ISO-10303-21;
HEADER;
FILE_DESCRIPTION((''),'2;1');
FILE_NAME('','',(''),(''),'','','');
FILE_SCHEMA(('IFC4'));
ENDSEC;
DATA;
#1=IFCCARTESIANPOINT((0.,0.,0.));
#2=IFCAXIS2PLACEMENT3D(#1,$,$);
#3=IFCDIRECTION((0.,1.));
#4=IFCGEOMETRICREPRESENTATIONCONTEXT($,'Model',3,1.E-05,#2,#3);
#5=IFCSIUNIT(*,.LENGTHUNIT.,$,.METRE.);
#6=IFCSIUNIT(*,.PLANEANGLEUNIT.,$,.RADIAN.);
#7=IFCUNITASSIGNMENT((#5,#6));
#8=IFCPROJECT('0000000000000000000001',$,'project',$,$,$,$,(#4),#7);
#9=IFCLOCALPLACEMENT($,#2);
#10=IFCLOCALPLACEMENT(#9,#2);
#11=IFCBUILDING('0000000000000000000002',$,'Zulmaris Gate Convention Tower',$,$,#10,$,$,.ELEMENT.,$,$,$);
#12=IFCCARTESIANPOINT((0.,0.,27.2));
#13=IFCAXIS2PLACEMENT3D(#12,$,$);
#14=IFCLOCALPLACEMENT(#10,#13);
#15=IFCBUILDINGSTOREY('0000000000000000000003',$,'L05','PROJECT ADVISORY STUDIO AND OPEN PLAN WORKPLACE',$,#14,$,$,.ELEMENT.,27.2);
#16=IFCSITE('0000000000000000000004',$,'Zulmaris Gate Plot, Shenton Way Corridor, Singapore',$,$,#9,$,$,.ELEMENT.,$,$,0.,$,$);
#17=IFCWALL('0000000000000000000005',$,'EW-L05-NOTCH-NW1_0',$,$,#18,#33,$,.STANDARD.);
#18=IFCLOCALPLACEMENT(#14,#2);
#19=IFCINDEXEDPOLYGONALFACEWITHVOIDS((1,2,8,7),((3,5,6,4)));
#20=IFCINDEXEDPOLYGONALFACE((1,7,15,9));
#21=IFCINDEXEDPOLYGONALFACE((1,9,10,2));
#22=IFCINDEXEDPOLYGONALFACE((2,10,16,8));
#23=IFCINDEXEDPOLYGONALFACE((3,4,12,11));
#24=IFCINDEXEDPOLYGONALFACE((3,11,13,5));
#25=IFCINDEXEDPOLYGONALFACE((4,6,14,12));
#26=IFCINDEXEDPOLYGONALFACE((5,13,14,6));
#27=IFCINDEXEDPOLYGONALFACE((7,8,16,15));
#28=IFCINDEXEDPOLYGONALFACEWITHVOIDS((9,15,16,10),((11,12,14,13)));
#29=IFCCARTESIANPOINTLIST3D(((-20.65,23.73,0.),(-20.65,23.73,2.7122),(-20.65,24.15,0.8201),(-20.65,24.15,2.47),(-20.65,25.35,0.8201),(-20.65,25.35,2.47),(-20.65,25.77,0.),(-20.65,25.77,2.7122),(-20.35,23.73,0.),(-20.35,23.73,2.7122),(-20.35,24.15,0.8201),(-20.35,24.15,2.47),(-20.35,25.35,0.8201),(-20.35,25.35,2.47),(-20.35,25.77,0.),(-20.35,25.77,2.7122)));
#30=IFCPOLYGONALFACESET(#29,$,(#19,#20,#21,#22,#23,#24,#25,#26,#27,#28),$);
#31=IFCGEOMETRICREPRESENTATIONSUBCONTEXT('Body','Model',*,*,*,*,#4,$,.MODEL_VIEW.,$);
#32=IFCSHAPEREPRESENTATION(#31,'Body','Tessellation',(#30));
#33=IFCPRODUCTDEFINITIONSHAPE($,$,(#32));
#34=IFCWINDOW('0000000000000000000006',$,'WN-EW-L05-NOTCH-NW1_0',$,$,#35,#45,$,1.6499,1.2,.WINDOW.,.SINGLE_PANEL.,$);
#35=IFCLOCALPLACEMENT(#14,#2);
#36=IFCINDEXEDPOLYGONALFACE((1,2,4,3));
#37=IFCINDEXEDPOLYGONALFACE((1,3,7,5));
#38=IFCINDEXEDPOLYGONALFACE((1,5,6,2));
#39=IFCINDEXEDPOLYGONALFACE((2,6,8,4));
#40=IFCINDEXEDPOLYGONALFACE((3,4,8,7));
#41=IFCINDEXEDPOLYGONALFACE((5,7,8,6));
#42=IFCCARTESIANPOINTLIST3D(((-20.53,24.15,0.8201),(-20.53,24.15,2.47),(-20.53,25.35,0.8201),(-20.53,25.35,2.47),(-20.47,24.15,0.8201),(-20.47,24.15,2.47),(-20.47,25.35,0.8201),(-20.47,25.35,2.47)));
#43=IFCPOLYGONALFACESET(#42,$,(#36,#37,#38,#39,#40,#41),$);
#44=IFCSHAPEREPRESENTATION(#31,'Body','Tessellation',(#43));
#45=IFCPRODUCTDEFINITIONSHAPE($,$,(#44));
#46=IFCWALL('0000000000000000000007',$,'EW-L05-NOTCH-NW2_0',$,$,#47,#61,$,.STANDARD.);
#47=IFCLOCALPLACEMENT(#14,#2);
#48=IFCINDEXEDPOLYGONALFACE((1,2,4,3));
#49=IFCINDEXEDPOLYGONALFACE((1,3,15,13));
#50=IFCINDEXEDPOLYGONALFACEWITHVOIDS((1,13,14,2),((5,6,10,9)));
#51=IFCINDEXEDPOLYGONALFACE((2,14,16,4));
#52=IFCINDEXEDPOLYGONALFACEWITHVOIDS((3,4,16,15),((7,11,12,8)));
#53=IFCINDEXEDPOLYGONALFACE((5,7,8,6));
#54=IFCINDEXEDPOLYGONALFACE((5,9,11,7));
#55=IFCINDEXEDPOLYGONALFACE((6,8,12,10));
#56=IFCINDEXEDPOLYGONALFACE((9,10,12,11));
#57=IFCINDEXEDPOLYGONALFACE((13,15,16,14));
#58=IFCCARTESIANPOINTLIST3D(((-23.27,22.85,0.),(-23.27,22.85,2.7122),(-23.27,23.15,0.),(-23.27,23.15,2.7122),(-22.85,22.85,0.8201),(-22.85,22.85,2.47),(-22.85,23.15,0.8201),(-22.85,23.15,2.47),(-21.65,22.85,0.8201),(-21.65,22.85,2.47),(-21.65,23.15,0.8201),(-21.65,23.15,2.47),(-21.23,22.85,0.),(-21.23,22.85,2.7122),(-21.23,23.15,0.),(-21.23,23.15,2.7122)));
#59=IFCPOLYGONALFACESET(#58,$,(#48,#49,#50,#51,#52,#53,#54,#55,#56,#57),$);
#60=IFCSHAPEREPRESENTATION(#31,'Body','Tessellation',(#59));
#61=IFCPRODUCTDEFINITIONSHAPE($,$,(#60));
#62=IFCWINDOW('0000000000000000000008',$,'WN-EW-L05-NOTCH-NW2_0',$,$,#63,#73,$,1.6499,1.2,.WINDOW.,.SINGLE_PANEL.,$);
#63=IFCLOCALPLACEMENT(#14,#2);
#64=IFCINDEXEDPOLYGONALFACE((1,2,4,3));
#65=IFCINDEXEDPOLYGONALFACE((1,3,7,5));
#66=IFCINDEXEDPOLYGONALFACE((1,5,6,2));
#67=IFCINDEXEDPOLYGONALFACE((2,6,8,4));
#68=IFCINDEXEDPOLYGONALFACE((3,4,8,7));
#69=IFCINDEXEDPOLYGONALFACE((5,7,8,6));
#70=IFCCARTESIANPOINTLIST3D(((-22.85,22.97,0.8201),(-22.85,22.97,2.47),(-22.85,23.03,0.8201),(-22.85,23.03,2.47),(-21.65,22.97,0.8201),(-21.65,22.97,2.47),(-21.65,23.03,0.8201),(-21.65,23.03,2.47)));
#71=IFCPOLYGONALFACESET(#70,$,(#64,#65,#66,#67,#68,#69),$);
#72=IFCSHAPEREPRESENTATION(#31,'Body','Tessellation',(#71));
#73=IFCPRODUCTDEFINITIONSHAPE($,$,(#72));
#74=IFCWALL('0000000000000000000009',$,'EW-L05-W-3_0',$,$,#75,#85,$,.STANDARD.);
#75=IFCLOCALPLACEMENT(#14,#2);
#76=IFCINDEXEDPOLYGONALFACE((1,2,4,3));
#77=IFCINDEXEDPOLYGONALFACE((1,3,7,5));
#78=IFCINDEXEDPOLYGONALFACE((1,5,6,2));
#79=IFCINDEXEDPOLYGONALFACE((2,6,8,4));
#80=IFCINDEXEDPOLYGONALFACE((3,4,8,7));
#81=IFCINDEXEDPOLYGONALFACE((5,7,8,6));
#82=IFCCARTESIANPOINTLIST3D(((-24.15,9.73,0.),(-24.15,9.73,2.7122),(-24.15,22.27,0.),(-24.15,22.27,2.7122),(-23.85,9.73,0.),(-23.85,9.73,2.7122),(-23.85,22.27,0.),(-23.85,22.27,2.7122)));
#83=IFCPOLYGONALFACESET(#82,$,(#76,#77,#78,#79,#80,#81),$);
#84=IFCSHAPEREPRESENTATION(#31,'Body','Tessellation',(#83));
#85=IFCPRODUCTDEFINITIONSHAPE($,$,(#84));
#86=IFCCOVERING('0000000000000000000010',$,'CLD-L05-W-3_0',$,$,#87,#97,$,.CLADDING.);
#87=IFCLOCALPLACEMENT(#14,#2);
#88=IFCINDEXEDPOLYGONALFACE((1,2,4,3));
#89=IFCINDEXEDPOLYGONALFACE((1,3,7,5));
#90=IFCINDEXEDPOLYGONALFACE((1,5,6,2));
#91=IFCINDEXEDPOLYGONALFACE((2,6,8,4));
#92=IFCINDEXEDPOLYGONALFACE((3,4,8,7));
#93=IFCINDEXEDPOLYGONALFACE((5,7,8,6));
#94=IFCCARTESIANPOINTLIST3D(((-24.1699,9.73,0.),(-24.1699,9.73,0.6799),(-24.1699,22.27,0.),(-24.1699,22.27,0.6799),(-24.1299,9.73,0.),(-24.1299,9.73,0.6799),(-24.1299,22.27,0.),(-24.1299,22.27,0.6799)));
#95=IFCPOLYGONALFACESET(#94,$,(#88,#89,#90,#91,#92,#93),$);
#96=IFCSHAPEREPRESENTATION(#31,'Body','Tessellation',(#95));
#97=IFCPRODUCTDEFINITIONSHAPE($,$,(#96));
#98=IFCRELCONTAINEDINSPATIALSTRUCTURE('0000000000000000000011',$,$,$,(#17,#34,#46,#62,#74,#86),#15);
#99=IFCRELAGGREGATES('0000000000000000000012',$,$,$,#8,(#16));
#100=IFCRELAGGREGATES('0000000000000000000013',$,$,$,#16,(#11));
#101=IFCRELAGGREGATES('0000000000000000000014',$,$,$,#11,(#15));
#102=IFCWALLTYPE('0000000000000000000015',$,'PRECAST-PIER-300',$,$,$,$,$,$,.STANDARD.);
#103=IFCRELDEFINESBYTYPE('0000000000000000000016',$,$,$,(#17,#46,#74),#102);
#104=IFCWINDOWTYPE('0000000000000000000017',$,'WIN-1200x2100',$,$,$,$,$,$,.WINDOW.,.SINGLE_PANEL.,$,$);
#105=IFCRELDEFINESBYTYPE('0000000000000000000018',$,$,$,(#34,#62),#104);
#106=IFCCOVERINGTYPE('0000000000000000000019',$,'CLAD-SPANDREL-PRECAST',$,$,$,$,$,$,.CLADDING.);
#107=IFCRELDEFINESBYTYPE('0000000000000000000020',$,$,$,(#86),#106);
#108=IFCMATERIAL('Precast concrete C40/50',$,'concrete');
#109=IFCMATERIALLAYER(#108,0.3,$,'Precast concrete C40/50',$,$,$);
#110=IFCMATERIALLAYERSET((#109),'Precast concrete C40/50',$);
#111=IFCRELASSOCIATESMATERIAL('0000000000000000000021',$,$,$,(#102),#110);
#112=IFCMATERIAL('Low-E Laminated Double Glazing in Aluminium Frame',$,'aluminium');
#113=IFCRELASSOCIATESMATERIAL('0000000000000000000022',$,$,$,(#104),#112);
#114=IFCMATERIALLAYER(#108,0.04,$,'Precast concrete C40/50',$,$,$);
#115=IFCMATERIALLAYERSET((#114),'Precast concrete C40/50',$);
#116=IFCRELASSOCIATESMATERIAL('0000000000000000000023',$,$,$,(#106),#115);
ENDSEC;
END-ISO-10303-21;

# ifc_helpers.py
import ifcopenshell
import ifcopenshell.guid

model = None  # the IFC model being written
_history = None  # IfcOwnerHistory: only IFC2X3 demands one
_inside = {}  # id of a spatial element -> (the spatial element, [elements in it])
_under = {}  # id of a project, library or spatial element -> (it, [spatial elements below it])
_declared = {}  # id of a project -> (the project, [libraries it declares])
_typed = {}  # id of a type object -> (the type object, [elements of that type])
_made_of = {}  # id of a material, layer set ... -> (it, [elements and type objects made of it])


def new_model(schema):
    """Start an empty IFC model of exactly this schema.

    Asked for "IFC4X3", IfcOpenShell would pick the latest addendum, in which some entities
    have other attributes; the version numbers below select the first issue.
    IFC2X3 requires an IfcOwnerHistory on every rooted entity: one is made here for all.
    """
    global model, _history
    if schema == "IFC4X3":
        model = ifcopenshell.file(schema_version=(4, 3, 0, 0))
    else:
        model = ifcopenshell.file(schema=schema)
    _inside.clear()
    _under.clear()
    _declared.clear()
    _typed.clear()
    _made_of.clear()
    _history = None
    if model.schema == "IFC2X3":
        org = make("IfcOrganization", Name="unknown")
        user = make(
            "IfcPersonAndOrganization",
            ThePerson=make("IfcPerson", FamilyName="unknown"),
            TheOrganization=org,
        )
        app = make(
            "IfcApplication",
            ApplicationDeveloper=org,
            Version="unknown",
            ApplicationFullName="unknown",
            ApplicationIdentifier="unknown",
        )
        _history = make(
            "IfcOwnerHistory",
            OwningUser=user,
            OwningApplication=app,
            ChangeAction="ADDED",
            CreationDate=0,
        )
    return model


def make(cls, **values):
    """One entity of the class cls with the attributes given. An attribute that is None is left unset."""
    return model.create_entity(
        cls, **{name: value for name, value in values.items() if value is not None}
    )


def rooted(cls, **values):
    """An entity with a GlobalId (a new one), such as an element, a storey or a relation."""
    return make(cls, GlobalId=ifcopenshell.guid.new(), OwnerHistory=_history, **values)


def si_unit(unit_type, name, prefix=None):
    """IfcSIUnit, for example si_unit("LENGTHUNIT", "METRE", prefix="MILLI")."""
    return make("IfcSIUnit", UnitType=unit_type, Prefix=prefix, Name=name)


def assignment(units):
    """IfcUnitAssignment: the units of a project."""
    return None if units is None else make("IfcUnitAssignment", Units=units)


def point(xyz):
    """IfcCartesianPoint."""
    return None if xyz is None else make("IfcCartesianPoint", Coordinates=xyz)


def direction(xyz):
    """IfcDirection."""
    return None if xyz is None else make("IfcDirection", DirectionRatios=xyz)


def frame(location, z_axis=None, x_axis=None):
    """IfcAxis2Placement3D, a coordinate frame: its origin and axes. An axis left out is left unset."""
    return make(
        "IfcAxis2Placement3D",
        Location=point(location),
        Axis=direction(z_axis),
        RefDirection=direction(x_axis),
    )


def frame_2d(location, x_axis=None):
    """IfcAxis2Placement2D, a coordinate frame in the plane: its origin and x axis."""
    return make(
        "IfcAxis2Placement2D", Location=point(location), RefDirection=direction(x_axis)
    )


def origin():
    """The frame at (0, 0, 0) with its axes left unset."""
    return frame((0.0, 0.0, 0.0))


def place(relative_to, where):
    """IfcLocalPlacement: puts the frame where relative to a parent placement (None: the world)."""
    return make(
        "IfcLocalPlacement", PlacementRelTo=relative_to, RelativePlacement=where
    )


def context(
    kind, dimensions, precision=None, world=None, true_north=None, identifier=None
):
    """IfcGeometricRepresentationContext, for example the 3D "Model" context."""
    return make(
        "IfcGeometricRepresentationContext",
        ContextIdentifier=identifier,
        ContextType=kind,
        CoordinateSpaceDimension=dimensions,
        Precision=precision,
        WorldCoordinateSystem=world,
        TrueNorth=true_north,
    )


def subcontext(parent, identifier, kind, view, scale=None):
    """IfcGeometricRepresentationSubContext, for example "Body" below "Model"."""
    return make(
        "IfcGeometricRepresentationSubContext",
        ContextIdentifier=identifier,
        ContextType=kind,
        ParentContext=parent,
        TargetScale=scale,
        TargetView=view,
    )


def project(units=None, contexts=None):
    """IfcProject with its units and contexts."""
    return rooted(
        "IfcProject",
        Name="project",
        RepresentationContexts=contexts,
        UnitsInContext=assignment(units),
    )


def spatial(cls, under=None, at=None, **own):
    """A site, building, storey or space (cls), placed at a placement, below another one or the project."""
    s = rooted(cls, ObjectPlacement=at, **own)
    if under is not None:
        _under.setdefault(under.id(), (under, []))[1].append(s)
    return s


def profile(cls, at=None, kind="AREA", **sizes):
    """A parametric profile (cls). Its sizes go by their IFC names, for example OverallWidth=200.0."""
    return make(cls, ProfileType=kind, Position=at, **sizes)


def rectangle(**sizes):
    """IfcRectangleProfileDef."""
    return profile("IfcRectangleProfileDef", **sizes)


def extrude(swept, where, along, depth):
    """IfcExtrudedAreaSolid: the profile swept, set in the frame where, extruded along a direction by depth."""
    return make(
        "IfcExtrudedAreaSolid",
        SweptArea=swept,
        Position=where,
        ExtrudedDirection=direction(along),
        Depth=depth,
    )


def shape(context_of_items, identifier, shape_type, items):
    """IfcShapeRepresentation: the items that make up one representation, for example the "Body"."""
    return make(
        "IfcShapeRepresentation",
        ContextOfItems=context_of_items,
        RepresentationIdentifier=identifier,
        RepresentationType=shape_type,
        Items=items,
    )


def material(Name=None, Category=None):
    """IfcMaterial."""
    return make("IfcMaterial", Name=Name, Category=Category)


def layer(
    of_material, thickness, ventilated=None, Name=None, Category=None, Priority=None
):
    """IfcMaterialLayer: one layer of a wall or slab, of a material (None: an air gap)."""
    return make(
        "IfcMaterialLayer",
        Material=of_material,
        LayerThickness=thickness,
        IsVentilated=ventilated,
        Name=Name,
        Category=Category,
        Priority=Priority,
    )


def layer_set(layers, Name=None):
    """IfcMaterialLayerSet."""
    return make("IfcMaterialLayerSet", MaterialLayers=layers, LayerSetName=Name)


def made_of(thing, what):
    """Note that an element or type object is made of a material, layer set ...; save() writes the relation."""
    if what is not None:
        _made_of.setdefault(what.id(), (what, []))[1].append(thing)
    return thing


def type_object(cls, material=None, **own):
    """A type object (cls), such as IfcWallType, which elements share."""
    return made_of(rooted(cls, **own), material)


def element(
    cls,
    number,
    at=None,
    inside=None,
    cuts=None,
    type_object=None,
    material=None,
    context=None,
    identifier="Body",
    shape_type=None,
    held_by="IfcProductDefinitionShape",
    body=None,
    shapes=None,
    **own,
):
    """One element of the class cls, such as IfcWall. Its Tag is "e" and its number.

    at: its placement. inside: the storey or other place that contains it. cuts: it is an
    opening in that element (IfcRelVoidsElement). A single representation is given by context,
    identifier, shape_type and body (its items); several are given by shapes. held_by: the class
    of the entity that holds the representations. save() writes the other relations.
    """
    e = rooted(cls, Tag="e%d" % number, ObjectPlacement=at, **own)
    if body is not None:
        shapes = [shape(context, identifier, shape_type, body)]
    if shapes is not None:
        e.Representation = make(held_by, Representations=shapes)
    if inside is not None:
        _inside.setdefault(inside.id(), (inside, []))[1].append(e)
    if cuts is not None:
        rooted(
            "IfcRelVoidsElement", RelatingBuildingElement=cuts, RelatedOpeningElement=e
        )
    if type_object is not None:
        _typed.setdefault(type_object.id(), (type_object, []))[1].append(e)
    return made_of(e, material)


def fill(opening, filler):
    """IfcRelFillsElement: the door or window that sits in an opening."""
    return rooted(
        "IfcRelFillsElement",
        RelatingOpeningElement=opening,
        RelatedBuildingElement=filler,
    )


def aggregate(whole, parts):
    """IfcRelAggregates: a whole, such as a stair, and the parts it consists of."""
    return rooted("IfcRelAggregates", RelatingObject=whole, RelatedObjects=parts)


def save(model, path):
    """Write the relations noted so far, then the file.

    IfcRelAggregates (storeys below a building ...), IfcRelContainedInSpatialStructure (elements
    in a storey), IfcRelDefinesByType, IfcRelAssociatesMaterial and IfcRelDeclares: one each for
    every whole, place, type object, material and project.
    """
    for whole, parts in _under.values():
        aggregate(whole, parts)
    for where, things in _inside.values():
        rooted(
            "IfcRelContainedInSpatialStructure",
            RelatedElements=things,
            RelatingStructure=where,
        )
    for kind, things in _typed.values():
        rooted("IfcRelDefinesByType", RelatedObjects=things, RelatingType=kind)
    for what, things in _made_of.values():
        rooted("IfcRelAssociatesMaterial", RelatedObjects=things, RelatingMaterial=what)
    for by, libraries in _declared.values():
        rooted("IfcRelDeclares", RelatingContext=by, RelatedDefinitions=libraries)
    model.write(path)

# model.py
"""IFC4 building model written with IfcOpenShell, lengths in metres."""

from ifc_helpers import new_model, si_unit, direction, frame, frame_2d, origin, place, context, subcontext, project, spatial, rectangle, extrude, material, layer, layer_set, type_object, element, fill, save


model = new_model("IFC4")

# Units and contexts
model_context = context("Model", 3, precision=1e-05, world=origin(), true_north=direction((0.0, 1.0)))
body_context = subcontext(model_context, "Body", "Model", "MODEL_VIEW")
ifc_project = project(units=[si_unit("LENGTHUNIT", "METRE"), si_unit("PLANEANGLEUNIT", "RADIAN")], contexts=[model_context])

# Site, building, storey
site_placement = place(None, origin())
site = spatial("IfcSite", under=ifc_project, at=site_placement, Name="Zulmaris Gate Plot, Shenton Way Corridor, Singapore", CompositionType="ELEMENT", RefElevation=0.0)
building_placement = place(site_placement, origin())
building = spatial("IfcBuilding", under=site, at=building_placement, Name="Zulmaris Gate Convention Tower", CompositionType="ELEMENT")
storey_placement = place(building_placement, frame((0.0, 0.0, 27.2)))
storey = spatial("IfcBuildingStorey", under=building, at=storey_placement, Name="L05", Description="PROJECT ADVISORY STUDIO AND OPEN PLAN WORKPLACE", CompositionType="ELEMENT", Elevation=27.2)

# Shared definitions
ifc_material_1 = material(Name="Precast concrete C40/50", Category="concrete")

# Walls, openings, windows
ifc_layer_1 = layer(ifc_material_1, 0.3, Name="Precast concrete C40/50")
ifc_layer_set_1 = layer_set([ifc_layer_1], Name="Precast concrete C40/50")
wall_type_1 = type_object("IfcWallType", Name="PRECAST-PIER-300", PredefinedType="STANDARD", material=ifc_layer_set_1)
wall_1_placement = place(storey_placement, frame((-20.5, 25.77, 0.0), z_axis=(0.0, 0.0, 1.0), x_axis=(0.0, -1.0, 0.0)))
wall_1 = element("IfcWall", 1, at=wall_1_placement, inside=storey, type_object=wall_type_1, Name="EW-L05-NOTCH-NW1_0", PredefinedType="STANDARD", context=body_context, shape_type="SweptSolid", body=[
    extrude(rectangle(XDim=2.04, YDim=0.3, at=frame_2d((1.02, 0.0))), origin(), (0.0, 0.0, 1.0), 2.7122),
])
opening_1_placement = place(wall_1_placement, frame((0.4199, 0.0, 0.8201)))
opening_1 = element("IfcOpeningElement", 2, at=opening_1_placement, cuts=wall_1, PredefinedType="OPENING", context=body_context, shape_type="SweptSolid", body=[
    extrude(rectangle(XDim=1.2, YDim=1.6499, at=frame_2d((0.6001, 0.825))), frame((0.0, 0.1602, 0.0), z_axis=(0.0, -1.0, 0.0), x_axis=(1.0, 0.0, 0.0)), (0.0, 0.0, 1.0), 0.3201),
])
ifc_material_2 = material(Name="Low-E Laminated Double Glazing in Aluminium Frame", Category="aluminium")
window_type = type_object("IfcWindowType", Name="WIN-1200x2100", PartitioningType="SINGLE_PANEL", PredefinedType="WINDOW", material=ifc_material_2)
window_1_placement = place(opening_1_placement, origin())
window_1 = element("IfcWindow", 3, at=window_1_placement, inside=storey, type_object=window_type, Name="WN-EW-L05-NOTCH-NW1_0", OverallHeight=1.6499, OverallWidth=1.2, PartitioningType="SINGLE_PANEL", PredefinedType="WINDOW", context=body_context, shape_type="SweptSolid", body=[
    extrude(rectangle(XDim=1.2, YDim=1.6499, at=frame_2d((0.6001, 0.825))), frame((0.0, 0.03, 0.0), z_axis=(0.0, -1.0, 0.0), x_axis=(1.0, 0.0, 0.0)), (0.0, 0.0, 1.0), 0.0601),
])
fill(opening_1, window_1)
wall_2_placement = place(storey_placement, frame((-21.23, 23.0, 0.0), z_axis=(0.0, 0.0, 1.0), x_axis=(-1.0, 0.0, 0.0)))
wall_2 = element("IfcWall", 4, at=wall_2_placement, inside=storey, type_object=wall_type_1, Name="EW-L05-NOTCH-NW2_0", PredefinedType="STANDARD", context=body_context, shape_type="SweptSolid", body=[
    extrude(rectangle(XDim=2.04, YDim=0.3, at=frame_2d((1.02, 0.0))), origin(), (0.0, 0.0, 1.0), 2.7122),
])
opening_2_placement = place(wall_2_placement, frame((0.4199, 0.0, 0.8201)))
opening_2 = element("IfcOpeningElement", 5, at=opening_2_placement, cuts=wall_2, PredefinedType="OPENING", context=body_context, shape_type="SweptSolid", body=[
    extrude(rectangle(XDim=1.2, YDim=1.6499, at=frame_2d((0.6001, 0.825))), frame((0.0, 0.1602, 0.0), z_axis=(0.0, -1.0, 0.0), x_axis=(1.0, 0.0, 0.0)), (0.0, 0.0, 1.0), 0.3201),
])
window_2_placement = place(opening_2_placement, origin())
window_2 = element("IfcWindow", 6, at=window_2_placement, inside=storey, type_object=window_type, Name="WN-EW-L05-NOTCH-NW2_0", OverallHeight=1.6499, OverallWidth=1.2, PartitioningType="SINGLE_PANEL", PredefinedType="WINDOW", context=body_context, shape_type="SweptSolid", body=[
    extrude(rectangle(XDim=1.2, YDim=1.6499, at=frame_2d((0.6001, 0.825))), frame((0.0, 0.03, 0.0), z_axis=(0.0, -1.0, 0.0), x_axis=(1.0, 0.0, 0.0)), (0.0, 0.0, 1.0), 0.0601),
])
fill(opening_2, window_2)

# Wall
wall_3_placement = place(storey_placement, frame((-24.0, 22.27, 0.0), z_axis=(0.0, 0.0, 1.0), x_axis=(0.0, -1.0, 0.0)))
element("IfcWall", 7, at=wall_3_placement, inside=storey, type_object=wall_type_1, Name="EW-L05-W-3_0", PredefinedType="STANDARD", context=body_context, shape_type="SweptSolid", body=[
    extrude(rectangle(XDim=12.54, YDim=0.3, at=frame_2d((6.27, 0.0))), origin(), (0.0, 0.0, 1.0), 2.7122),
])

# Covering
ifc_layer_2 = layer(ifc_material_1, 0.04, Name="Precast concrete C40/50")
ifc_layer_set_2 = layer_set([ifc_layer_2], Name="Precast concrete C40/50")
covering_type = type_object("IfcCoveringType", Name="CLAD-SPANDREL-PRECAST", PredefinedType="CLADDING", material=ifc_layer_set_2)
covering_placement = place(storey_placement, frame((-24.1499, 22.27, 0.0), z_axis=(0.0, 0.0, 1.0), x_axis=(0.0, -1.0, 0.0)))
element("IfcCovering", 8, at=covering_placement, inside=storey, type_object=covering_type, Name="CLD-L05-W-3_0", PredefinedType="CLADDING", context=body_context, shape_type="SweptSolid", body=[
    extrude(rectangle(XDim=12.54, YDim=0.04, at=frame_2d((6.27, 0.0))), origin(), (0.0, 0.0, 1.0), 0.6799),
])

save(model, "model.ifc")
